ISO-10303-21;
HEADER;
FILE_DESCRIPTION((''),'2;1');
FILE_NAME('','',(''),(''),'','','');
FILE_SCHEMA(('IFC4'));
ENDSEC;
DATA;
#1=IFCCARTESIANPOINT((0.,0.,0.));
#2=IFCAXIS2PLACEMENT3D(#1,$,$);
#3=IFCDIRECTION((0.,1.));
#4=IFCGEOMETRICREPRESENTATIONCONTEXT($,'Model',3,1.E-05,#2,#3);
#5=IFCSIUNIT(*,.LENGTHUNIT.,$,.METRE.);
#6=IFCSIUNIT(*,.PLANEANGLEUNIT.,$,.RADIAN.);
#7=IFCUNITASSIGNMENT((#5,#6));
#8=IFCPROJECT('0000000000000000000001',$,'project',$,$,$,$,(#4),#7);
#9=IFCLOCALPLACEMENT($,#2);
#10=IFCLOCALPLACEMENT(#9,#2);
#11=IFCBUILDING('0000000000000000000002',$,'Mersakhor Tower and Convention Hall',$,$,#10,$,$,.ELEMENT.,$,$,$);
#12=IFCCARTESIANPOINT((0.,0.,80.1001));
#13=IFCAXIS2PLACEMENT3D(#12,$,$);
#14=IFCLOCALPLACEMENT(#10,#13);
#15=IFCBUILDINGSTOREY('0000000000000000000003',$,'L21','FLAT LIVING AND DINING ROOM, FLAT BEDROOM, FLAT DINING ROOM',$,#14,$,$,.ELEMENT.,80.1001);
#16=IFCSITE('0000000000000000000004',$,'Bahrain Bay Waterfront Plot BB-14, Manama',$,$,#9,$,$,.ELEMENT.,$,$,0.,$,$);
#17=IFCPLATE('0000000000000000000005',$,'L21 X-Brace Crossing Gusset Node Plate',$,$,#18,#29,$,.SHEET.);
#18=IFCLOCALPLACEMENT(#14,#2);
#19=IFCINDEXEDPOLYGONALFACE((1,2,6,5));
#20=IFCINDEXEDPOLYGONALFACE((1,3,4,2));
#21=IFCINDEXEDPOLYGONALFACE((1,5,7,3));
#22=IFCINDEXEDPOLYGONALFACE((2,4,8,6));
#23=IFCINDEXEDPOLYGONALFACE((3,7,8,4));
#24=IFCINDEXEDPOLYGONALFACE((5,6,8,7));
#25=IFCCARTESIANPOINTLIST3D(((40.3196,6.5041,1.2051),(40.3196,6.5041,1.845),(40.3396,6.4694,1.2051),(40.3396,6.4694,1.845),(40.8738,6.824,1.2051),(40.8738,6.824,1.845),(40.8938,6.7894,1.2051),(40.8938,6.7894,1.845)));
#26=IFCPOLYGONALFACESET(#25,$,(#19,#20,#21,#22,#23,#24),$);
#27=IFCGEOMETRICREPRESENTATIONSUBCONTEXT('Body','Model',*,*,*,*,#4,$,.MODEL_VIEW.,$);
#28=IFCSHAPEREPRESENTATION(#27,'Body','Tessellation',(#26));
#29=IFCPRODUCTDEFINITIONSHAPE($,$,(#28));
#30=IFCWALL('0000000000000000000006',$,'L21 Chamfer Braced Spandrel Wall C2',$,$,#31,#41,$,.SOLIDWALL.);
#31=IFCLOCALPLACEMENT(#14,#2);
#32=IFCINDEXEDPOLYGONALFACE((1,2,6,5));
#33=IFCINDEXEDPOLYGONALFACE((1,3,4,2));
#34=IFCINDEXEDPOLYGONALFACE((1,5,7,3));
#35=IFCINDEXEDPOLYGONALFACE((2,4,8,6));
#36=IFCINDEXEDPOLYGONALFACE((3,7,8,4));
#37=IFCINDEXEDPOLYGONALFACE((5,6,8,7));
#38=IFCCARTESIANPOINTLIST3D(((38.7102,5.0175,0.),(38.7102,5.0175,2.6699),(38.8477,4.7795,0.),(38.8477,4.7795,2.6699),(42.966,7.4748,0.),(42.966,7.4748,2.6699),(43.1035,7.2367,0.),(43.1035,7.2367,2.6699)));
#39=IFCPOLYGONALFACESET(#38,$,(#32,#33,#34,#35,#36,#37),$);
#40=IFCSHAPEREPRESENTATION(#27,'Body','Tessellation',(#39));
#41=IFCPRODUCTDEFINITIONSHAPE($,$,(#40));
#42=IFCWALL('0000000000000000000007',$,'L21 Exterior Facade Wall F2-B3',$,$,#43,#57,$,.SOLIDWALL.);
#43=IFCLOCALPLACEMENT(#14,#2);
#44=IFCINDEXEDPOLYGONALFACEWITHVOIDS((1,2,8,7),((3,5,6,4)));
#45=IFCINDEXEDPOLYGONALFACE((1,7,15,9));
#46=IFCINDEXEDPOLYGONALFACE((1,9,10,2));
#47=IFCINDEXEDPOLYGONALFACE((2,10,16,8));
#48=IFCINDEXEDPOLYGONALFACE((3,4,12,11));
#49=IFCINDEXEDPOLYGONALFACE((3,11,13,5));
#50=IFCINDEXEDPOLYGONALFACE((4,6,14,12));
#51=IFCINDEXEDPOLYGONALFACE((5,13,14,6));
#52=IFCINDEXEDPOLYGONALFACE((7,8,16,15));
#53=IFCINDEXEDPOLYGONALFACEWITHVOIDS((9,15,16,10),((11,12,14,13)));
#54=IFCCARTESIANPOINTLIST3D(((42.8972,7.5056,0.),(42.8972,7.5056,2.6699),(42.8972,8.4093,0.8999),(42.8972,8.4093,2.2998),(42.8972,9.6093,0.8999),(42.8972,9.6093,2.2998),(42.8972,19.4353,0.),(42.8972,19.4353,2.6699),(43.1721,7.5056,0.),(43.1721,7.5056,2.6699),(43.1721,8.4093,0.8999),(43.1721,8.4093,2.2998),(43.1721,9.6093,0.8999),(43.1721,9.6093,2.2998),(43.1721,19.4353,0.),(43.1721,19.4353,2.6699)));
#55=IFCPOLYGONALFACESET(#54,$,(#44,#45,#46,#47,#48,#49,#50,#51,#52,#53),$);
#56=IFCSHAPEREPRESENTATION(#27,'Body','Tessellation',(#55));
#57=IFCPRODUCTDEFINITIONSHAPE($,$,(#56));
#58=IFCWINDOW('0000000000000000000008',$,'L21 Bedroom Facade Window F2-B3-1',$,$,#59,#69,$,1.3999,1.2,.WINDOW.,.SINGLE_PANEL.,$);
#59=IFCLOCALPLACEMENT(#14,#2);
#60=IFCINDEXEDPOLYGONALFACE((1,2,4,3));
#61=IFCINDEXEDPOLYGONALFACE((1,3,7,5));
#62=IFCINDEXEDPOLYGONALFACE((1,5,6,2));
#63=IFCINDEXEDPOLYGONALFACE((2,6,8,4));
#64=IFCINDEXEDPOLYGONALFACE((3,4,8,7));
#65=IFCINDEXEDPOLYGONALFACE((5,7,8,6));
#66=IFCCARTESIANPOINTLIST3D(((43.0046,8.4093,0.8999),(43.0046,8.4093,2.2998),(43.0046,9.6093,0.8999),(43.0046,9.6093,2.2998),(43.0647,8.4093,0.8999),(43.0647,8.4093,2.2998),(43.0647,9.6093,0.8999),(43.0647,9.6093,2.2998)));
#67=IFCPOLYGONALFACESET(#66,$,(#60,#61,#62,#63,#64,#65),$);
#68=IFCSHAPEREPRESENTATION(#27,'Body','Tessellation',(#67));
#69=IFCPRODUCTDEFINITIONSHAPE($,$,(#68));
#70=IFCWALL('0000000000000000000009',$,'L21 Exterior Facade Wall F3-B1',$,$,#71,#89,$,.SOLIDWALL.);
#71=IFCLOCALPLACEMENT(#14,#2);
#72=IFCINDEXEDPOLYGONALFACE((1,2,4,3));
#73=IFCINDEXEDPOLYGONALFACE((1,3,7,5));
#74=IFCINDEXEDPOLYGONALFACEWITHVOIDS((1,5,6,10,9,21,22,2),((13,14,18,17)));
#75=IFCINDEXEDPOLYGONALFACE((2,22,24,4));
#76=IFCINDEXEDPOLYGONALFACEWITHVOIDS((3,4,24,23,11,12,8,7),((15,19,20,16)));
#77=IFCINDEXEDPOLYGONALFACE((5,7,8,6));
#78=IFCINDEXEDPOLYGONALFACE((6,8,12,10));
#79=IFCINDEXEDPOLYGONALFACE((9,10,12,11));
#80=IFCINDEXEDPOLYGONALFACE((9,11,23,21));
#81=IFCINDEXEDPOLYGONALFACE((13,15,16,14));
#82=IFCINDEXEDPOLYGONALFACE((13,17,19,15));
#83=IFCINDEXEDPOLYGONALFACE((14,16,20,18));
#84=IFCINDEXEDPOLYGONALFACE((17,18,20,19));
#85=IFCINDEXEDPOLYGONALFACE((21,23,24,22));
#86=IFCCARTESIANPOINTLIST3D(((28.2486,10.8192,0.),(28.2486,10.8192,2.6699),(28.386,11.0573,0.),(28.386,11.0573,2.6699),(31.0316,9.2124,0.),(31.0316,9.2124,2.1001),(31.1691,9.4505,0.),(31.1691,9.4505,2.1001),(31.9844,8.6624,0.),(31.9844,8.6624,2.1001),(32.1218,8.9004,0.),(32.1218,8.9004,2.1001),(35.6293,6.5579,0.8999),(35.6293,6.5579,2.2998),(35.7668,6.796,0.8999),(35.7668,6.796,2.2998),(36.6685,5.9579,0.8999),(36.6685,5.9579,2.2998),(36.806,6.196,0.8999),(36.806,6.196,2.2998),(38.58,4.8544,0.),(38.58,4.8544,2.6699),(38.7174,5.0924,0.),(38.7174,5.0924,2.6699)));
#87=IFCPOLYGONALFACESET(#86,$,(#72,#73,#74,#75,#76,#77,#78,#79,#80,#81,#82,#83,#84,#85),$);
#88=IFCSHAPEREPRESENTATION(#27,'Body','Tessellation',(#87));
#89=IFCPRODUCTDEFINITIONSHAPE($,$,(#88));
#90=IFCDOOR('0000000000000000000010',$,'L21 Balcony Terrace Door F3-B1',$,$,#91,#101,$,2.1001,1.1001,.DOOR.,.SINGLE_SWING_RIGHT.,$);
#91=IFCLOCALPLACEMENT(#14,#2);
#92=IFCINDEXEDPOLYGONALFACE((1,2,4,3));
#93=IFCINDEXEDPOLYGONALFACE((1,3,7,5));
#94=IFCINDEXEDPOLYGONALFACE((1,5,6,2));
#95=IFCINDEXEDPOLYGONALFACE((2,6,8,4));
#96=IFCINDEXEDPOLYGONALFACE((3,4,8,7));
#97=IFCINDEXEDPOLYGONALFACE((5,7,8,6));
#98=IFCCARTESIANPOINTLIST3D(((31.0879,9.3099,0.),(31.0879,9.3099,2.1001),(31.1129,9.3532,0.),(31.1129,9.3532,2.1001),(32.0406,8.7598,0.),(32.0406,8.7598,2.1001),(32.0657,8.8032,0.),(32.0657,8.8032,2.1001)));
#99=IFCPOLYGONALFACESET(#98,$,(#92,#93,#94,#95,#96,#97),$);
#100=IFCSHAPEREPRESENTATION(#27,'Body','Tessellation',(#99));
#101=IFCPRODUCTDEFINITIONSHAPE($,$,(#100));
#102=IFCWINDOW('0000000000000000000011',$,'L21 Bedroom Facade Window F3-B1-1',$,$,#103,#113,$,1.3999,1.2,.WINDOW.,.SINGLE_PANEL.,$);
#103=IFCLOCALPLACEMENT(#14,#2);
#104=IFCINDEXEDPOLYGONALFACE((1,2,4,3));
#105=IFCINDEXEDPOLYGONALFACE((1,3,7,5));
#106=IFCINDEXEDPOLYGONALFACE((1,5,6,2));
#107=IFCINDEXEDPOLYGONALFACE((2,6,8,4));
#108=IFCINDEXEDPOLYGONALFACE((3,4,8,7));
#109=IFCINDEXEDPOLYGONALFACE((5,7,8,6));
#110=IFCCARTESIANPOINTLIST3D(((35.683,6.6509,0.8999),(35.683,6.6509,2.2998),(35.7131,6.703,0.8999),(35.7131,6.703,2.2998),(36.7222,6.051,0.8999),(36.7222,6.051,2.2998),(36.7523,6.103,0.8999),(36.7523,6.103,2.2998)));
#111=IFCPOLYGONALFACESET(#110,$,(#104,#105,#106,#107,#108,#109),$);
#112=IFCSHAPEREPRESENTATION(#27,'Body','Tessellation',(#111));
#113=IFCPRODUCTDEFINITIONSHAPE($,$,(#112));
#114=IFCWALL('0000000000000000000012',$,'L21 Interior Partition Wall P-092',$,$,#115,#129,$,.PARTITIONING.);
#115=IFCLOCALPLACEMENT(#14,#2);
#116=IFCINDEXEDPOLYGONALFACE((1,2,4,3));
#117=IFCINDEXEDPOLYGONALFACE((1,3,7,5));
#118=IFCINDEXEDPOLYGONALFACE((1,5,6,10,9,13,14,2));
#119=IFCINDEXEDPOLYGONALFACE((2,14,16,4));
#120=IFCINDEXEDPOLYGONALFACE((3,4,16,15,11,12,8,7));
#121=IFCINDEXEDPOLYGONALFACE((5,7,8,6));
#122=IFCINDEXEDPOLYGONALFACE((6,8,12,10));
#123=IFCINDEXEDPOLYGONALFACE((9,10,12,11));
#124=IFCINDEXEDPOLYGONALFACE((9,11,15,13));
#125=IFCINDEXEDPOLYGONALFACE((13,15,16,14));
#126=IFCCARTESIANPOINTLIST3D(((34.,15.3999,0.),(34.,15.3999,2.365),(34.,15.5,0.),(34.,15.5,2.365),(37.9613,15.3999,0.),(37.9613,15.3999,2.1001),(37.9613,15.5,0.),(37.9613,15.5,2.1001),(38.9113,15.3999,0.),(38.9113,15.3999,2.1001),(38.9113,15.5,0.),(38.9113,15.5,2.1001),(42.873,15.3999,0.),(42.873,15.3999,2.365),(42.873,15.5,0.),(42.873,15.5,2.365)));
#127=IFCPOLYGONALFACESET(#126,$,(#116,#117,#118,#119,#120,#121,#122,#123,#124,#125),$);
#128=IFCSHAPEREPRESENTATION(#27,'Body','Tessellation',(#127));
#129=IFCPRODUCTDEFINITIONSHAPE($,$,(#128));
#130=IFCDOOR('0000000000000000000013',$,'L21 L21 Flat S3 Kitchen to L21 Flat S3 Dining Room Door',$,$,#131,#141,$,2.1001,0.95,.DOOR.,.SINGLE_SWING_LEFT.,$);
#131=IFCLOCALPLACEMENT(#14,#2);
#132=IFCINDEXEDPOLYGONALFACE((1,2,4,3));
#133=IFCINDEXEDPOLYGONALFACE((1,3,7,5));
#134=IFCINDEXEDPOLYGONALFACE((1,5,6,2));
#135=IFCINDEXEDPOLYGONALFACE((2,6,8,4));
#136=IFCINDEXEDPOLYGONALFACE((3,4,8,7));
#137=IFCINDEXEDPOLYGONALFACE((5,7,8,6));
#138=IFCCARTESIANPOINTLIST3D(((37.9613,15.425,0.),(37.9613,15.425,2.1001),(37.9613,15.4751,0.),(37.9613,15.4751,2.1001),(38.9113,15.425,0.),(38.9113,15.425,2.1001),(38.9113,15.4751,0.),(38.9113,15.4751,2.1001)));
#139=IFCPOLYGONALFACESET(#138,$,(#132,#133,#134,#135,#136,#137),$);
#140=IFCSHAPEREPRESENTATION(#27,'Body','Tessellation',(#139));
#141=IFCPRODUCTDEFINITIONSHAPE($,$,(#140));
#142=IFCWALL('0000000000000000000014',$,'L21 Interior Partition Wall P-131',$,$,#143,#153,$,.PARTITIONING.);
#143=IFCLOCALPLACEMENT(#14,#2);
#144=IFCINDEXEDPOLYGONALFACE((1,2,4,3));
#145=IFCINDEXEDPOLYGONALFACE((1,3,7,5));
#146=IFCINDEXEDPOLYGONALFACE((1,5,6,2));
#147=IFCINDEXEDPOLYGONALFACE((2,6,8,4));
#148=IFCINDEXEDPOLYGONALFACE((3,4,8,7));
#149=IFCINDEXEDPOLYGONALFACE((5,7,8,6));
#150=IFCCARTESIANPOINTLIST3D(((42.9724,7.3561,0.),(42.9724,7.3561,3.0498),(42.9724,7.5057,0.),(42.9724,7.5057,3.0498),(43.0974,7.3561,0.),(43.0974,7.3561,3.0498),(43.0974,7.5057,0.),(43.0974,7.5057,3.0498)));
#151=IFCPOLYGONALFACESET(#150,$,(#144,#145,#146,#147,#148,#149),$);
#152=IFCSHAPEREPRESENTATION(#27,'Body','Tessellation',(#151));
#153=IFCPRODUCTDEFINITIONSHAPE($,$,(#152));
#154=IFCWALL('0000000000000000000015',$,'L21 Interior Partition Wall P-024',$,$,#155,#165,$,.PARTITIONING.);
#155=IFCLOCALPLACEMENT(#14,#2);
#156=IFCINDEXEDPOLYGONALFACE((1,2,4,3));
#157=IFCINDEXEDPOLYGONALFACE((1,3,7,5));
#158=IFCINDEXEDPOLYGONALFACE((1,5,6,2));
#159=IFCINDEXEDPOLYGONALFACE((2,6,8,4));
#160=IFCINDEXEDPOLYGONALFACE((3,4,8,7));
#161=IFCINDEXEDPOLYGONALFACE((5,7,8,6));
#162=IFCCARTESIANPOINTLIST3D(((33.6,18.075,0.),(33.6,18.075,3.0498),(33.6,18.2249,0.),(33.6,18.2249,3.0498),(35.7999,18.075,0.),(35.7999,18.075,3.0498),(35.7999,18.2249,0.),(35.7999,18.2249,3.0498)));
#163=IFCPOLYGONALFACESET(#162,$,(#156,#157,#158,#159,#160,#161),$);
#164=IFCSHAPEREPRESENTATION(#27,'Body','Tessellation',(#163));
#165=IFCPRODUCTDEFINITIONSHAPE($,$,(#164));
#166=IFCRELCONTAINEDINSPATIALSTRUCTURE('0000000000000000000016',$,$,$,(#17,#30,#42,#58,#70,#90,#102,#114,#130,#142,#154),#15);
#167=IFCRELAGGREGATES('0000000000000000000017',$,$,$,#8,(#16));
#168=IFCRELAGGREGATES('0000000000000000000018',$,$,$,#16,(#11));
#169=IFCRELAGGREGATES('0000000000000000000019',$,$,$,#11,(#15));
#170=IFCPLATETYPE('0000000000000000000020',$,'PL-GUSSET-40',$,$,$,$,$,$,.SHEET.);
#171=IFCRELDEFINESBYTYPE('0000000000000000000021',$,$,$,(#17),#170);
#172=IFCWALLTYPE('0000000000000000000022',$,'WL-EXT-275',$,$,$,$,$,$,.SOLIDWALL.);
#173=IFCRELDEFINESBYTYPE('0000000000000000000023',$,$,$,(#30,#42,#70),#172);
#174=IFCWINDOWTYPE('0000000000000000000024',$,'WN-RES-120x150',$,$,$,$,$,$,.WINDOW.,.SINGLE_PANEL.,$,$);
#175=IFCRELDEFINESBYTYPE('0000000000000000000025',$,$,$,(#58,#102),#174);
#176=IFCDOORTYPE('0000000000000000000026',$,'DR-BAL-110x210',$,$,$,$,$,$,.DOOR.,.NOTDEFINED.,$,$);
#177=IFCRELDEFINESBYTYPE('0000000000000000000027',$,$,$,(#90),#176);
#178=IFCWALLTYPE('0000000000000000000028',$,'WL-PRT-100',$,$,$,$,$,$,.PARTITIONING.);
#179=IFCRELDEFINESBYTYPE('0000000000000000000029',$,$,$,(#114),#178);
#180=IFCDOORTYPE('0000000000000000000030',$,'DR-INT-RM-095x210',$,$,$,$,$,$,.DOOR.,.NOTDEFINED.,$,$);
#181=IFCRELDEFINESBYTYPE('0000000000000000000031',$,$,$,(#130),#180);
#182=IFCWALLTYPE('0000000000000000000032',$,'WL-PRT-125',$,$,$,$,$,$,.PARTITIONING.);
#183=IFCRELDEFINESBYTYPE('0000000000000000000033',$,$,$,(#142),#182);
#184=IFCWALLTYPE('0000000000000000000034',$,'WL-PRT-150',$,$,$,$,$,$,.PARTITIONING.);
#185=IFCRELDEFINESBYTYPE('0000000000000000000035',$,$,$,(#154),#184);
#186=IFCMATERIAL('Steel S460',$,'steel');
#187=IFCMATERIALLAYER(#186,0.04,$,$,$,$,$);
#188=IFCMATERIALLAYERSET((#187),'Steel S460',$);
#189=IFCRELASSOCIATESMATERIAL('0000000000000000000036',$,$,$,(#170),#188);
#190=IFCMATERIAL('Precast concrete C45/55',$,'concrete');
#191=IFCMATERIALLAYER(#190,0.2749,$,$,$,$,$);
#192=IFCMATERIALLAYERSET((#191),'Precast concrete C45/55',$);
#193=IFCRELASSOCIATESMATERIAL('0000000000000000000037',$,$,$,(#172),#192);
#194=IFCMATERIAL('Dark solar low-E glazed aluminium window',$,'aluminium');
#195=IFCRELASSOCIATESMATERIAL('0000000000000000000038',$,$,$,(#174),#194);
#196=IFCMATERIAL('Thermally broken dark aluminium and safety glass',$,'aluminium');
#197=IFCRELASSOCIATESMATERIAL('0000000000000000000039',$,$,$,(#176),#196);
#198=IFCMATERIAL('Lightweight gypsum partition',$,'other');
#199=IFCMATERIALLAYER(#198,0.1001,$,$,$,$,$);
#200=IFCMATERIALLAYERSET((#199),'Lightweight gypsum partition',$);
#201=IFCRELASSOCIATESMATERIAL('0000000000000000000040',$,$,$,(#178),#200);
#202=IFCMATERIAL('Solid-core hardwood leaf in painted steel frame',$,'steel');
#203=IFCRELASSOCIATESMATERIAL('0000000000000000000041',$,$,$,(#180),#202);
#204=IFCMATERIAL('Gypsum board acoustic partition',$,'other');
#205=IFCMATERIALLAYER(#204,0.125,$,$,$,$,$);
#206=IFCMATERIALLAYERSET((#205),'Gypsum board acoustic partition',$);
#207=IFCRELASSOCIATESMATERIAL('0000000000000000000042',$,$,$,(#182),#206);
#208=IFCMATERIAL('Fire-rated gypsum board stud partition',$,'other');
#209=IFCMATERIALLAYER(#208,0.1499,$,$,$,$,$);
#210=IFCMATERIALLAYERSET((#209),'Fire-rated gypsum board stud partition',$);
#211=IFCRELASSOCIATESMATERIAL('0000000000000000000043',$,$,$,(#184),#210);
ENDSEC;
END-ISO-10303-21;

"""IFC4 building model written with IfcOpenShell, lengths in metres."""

from ifc_helpers import new_model, si_unit, direction, frame, frame_2d, origin, origin_2d, place, context, subcontext, project, spatial, rectangle, extrude, material, layer, layer_set, type_object, element, fill, save


model = new_model("IFC4")

# Units and contexts
model_context = context("Model", 3, precision=1e-05, world=origin(), true_north=direction((0.0, 1.0)))
body_context = subcontext(model_context, "Body", "Model", "MODEL_VIEW")
ifc_project = project(units=[si_unit("LENGTHUNIT", "METRE"), si_unit("PLANEANGLEUNIT", "RADIAN")], contexts=[model_context])

# Site, building, storey
site_placement = place(None, origin())
site = spatial("IfcSite", under=ifc_project, at=site_placement, Name="Bahrain Bay Waterfront Plot BB-14, Manama", CompositionType="ELEMENT", RefElevation=0.0)
building_placement = place(site_placement, origin())
building = spatial("IfcBuilding", under=site, at=building_placement, Name="Mersakhor Tower and Convention Hall", CompositionType="ELEMENT")
storey_placement = place(building_placement, frame((0.0, 0.0, 80.1001)))
storey = spatial("IfcBuildingStorey", under=building, at=storey_placement, Name="L21", Description="FLAT LIVING AND DINING ROOM, FLAT BEDROOM, FLAT DINING ROOM", CompositionType="ELEMENT", Elevation=80.1001)

# Plate
ifc_material_1 = material(Name="Steel S460", Category="steel")
ifc_layer_1 = layer(ifc_material_1, 0.04)
ifc_layer_set_1 = layer_set([ifc_layer_1], Name="Steel S460")
plate_type_1 = type_object("IfcPlateType", Name="PL-GUSSET-40", PredefinedType="SHEET", material=ifc_layer_set_1)
plate_1_placement = place(storey_placement, frame((40.6067, 6.6467, 1.2051), z_axis=(0.0, 0.0, 1.0), x_axis=(0.866025, 0.5, 0.0)))
element("IfcPlate", 1, at=plate_1_placement, inside=storey, type_object=plate_type_1, Name="L21 X-Brace Crossing Gusset Node Plate", PredefinedType="SHEET", context=body_context, shape_type="SweptSolid", body=[
    extrude(rectangle(XDim=0.6399, YDim=0.04, at=origin_2d()), origin(), (0.0, 0.0, 1.0), 0.6399),
])

# Wall
ifc_material_2 = material(Name="Precast concrete C45/55", Category="concrete")
ifc_layer_2 = layer(ifc_material_2, 0.2749)
ifc_layer_set_2 = layer_set([ifc_layer_2], Name="Precast concrete C45/55")
wall_type_1 = type_object("IfcWallType", Name="WL-EXT-275", PredefinedType="SOLIDWALL", material=ifc_layer_set_2)
wall_1_placement = place(storey_placement, frame((43.0347, 7.3557, 0.0), z_axis=(0.0, 0.0, 1.0), x_axis=(-0.866012, -0.500023, 0.0)))
element("IfcWall", 2, at=wall_1_placement, inside=storey, type_object=wall_type_1, Name="L21 Chamfer Braced Spandrel Wall C2", PredefinedType="SOLIDWALL", context=body_context, shape_type="SweptSolid", body=[
    extrude(rectangle(XDim=4.9143, YDim=0.2749, at=frame_2d((2.457, 0.0))), origin(), (0.0, 0.0, 1.0), 2.6699),
])

# Wall, opening, window
wall_2_placement = place(storey_placement, frame((43.0347, 19.4353, 0.0), z_axis=(0.0, 0.0, 1.0), x_axis=(0.0, -1.0, 0.0)))
wall_2 = element("IfcWall", 3, at=wall_2_placement, inside=storey, type_object=wall_type_1, Name="L21 Exterior Facade Wall F2-B3", PredefinedType="SOLIDWALL", context=body_context, shape_type="SweptSolid", body=[
    extrude(rectangle(XDim=11.9297, YDim=0.2749, at=frame_2d((5.9648, 0.0))), origin(), (0.0, 0.0, 1.0), 2.6699),
])
opening_1_placement = place(wall_2_placement, frame((9.8259, 0.0, 0.8999)))
opening_1 = element("IfcOpeningElement", 4, at=opening_1_placement, cuts=wall_2, PredefinedType="OPENING", context=body_context, shape_type="SweptSolid", body=[
    extrude(rectangle(XDim=1.2, YDim=1.3999, at=frame_2d((0.6001, 0.7))), frame((0.0, 0.1475, 0.0), z_axis=(0.0, -1.0, 0.0), x_axis=(1.0, 0.0, 0.0)), (0.0, 0.0, 1.0), 0.2949),
])
ifc_material_3 = material(Name="Dark solar low-E glazed aluminium window", Category="aluminium")
window_type = type_object("IfcWindowType", Name="WN-RES-120x150", PartitioningType="SINGLE_PANEL", PredefinedType="WINDOW", material=ifc_material_3)
window_1_placement = place(opening_1_placement, origin())
window_1 = element("IfcWindow", 5, at=window_1_placement, inside=storey, type_object=window_type, Name="L21 Bedroom Facade Window F2-B3-1", OverallHeight=1.3999, OverallWidth=1.2, PartitioningType="SINGLE_PANEL", PredefinedType="WINDOW", context=body_context, shape_type="SweptSolid", body=[
    extrude(rectangle(XDim=1.2, YDim=1.3999, at=frame_2d((0.6001, 0.7))), frame((0.0, 0.03, 0.0), z_axis=(0.0, -1.0, 0.0), x_axis=(1.0, 0.0, 0.0)), (0.0, 0.0, 1.0), 0.0601),
])
fill(opening_1, window_1)

# Wall, openings, door, window
wall_3_placement = place(storey_placement, frame((38.6487, 4.9734, 0.0), z_axis=(0.0, 0.0, 1.0), x_axis=(-0.866023, 0.500004, 0.0)))
wall_3 = element("IfcWall", 6, at=wall_3_placement, inside=storey, type_object=wall_type_1, Name="L21 Exterior Facade Wall F3-B1", PredefinedType="SOLIDWALL", context=body_context, shape_type="SweptSolid", body=[
    extrude(rectangle(XDim=11.9297, YDim=0.2749, at=frame_2d((5.9648, 0.0))), origin(), (0.0, 0.0, 1.0), 2.6699),
])
opening_2_placement = place(wall_3_placement, frame((7.616, 0.0, 0.0)))
opening_2 = element("IfcOpeningElement", 7, at=opening_2_placement, cuts=wall_3, PredefinedType="OPENING", context=body_context, shape_type="SweptSolid", body=[
    extrude(rectangle(XDim=1.1001, YDim=2.1001, at=frame_2d((0.55, 1.05))), frame((0.0, 0.1475, 0.0), z_axis=(0.0, -1.0, 0.0), x_axis=(1.0, 0.0, 0.0)), (0.0, 0.0, 1.0), 0.2949),
])
opening_3_placement = place(wall_3_placement, frame((2.207, 0.0, 0.8999)))
opening_3 = element("IfcOpeningElement", 8, at=opening_3_placement, cuts=wall_3, PredefinedType="OPENING", context=body_context, shape_type="SweptSolid", body=[
    extrude(rectangle(XDim=1.2, YDim=1.3999, at=frame_2d((0.6001, 0.7))), frame((0.0, 0.1475, 0.0), z_axis=(0.0, -1.0, 0.0), x_axis=(1.0, 0.0, 0.0)), (0.0, 0.0, 1.0), 0.2949),
])
ifc_material_4 = material(Name="Thermally broken dark aluminium and safety glass", Category="aluminium")
door_type_1 = type_object("IfcDoorType", Name="DR-BAL-110x210", OperationType="NOTDEFINED", PredefinedType="DOOR", material=ifc_material_4)
door_1_placement = place(opening_2_placement, origin())
door_1 = element("IfcDoor", 9, at=door_1_placement, inside=storey, type_object=door_type_1, Name="L21 Balcony Terrace Door F3-B1", OperationType="SINGLE_SWING_RIGHT", OverallHeight=2.1001, OverallWidth=1.1001, PredefinedType="DOOR", context=body_context, shape_type="SweptSolid", body=[
    extrude(rectangle(XDim=1.1001, YDim=2.1001, at=frame_2d((0.55, 1.05))), frame((0.0, 0.0249, 0.0), z_axis=(0.0, -1.0, 0.0), x_axis=(1.0, 0.0, 0.0)), (0.0, 0.0, 1.0), 0.05),
])
fill(opening_2, door_1)
window_2_placement = place(opening_3_placement, origin())
window_2 = element("IfcWindow", 10, at=window_2_placement, inside=storey, type_object=window_type, Name="L21 Bedroom Facade Window F3-B1-1", OverallHeight=1.3999, OverallWidth=1.2, PartitioningType="SINGLE_PANEL", PredefinedType="WINDOW", context=body_context, shape_type="SweptSolid", body=[
    extrude(rectangle(XDim=1.2, YDim=1.3999, at=frame_2d((0.6001, 0.7))), frame((0.0, 0.03, 0.0), z_axis=(0.0, -1.0, 0.0), x_axis=(1.0, 0.0, 0.0)), (0.0, 0.0, 1.0), 0.0601),
])
fill(opening_3, window_2)

# Wall, opening, door
ifc_material_5 = material(Name="Lightweight gypsum partition", Category="other")
ifc_layer_3 = layer(ifc_material_5, 0.1001)
ifc_layer_set_3 = layer_set([ifc_layer_3], Name="Lightweight gypsum partition")
wall_type_2 = type_object("IfcWallType", Name="WL-PRT-100", PredefinedType="PARTITIONING", material=ifc_layer_set_3)
wall_4_placement = place(storey_placement, frame((42.873, 15.45, 0.0), z_axis=(0.0, 0.0, 1.0), x_axis=(-1.0, 0.0, 0.0)))
wall_4 = element("IfcWall", 11, at=wall_4_placement, inside=storey, type_object=wall_type_2, Name="L21 Interior Partition Wall P-092", PredefinedType="PARTITIONING", context=body_context, shape_type="SweptSolid", body=[
    extrude(rectangle(XDim=8.873, YDim=0.1001, at=frame_2d((4.4365, 0.0))), origin(), (0.0, 0.0, 1.0), 2.365),
])
opening_4_placement = place(wall_4_placement, frame((3.9617, 0.0, 0.0)))
opening_4 = element("IfcOpeningElement", 12, at=opening_4_placement, cuts=wall_4, PredefinedType="OPENING", context=body_context, shape_type="SweptSolid", body=[
    extrude(rectangle(XDim=0.95, YDim=2.1001, at=frame_2d((0.4751, 1.05))), frame((0.0, 0.0601, 0.0), z_axis=(0.0, -1.0, 0.0), x_axis=(1.0, 0.0, 0.0)), (0.0, 0.0, 1.0), 0.1201),
])
ifc_material_6 = material(Name="Solid-core hardwood leaf in painted steel frame", Category="steel")
door_type_2 = type_object("IfcDoorType", Name="DR-INT-RM-095x210", OperationType="NOTDEFINED", PredefinedType="DOOR", material=ifc_material_6)
door_2_placement = place(opening_4_placement, origin())
door_2 = element("IfcDoor", 13, at=door_2_placement, inside=storey, type_object=door_type_2, Name="L21 L21 Flat S3 Kitchen to L21 Flat S3 Dining Room Door", OperationType="SINGLE_SWING_LEFT", OverallHeight=2.1001, OverallWidth=0.95, PredefinedType="DOOR", context=body_context, shape_type="SweptSolid", body=[
    extrude(rectangle(XDim=0.95, YDim=2.1001, at=frame_2d((0.4751, 1.05))), frame((0.0, 0.0249, 0.0), z_axis=(0.0, -1.0, 0.0), x_axis=(1.0, 0.0, 0.0)), (0.0, 0.0, 1.0), 0.05),
])
fill(opening_4, door_2)

# Walls
ifc_material_7 = material(Name="Gypsum board acoustic partition", Category="other")
ifc_layer_4 = layer(ifc_material_7, 0.125)
ifc_layer_set_4 = layer_set([ifc_layer_4], Name="Gypsum board acoustic partition")
wall_type_3 = type_object("IfcWallType", Name="WL-PRT-125", PredefinedType="PARTITIONING", material=ifc_layer_set_4)
wall_5_placement = place(storey_placement, frame((43.0349, 7.5056, 0.0), z_axis=(0.0, 0.0, 1.0), x_axis=(0.0, -1.0, 0.0)))
element("IfcWall", 14, at=wall_5_placement, inside=storey, type_object=wall_type_3, Name="L21 Interior Partition Wall P-131", PredefinedType="PARTITIONING", context=body_context, shape_type="SweptSolid", body=[
    extrude(rectangle(XDim=0.1497, YDim=0.125, at=frame_2d((0.0747, 0.0))), origin(), (0.0, 0.0, 1.0), 3.0498),
])
ifc_material_8 = material(Name="Fire-rated gypsum board stud partition", Category="other")
ifc_layer_5 = layer(ifc_material_8, 0.1499)
ifc_layer_set_5 = layer_set([ifc_layer_5], Name="Fire-rated gypsum board stud partition")
wall_type_4 = type_object("IfcWallType", Name="WL-PRT-150", PredefinedType="PARTITIONING", material=ifc_layer_set_5)
wall_6_placement = place(storey_placement, frame((35.8, 18.1499, 0.0), z_axis=(0.0, 0.0, 1.0), x_axis=(-1.0, 0.0, 0.0)))
element("IfcWall", 15, at=wall_6_placement, inside=storey, type_object=wall_type_4, Name="L21 Interior Partition Wall P-024", PredefinedType="PARTITIONING", context=body_context, shape_type="SweptSolid", body=[
    extrude(rectangle(XDim=2.2, YDim=0.1499, at=frame_2d((1.1001, 0.0))), origin(), (0.0, 0.0, 1.0), 3.0498),
])

save(model, "model.ifc")
